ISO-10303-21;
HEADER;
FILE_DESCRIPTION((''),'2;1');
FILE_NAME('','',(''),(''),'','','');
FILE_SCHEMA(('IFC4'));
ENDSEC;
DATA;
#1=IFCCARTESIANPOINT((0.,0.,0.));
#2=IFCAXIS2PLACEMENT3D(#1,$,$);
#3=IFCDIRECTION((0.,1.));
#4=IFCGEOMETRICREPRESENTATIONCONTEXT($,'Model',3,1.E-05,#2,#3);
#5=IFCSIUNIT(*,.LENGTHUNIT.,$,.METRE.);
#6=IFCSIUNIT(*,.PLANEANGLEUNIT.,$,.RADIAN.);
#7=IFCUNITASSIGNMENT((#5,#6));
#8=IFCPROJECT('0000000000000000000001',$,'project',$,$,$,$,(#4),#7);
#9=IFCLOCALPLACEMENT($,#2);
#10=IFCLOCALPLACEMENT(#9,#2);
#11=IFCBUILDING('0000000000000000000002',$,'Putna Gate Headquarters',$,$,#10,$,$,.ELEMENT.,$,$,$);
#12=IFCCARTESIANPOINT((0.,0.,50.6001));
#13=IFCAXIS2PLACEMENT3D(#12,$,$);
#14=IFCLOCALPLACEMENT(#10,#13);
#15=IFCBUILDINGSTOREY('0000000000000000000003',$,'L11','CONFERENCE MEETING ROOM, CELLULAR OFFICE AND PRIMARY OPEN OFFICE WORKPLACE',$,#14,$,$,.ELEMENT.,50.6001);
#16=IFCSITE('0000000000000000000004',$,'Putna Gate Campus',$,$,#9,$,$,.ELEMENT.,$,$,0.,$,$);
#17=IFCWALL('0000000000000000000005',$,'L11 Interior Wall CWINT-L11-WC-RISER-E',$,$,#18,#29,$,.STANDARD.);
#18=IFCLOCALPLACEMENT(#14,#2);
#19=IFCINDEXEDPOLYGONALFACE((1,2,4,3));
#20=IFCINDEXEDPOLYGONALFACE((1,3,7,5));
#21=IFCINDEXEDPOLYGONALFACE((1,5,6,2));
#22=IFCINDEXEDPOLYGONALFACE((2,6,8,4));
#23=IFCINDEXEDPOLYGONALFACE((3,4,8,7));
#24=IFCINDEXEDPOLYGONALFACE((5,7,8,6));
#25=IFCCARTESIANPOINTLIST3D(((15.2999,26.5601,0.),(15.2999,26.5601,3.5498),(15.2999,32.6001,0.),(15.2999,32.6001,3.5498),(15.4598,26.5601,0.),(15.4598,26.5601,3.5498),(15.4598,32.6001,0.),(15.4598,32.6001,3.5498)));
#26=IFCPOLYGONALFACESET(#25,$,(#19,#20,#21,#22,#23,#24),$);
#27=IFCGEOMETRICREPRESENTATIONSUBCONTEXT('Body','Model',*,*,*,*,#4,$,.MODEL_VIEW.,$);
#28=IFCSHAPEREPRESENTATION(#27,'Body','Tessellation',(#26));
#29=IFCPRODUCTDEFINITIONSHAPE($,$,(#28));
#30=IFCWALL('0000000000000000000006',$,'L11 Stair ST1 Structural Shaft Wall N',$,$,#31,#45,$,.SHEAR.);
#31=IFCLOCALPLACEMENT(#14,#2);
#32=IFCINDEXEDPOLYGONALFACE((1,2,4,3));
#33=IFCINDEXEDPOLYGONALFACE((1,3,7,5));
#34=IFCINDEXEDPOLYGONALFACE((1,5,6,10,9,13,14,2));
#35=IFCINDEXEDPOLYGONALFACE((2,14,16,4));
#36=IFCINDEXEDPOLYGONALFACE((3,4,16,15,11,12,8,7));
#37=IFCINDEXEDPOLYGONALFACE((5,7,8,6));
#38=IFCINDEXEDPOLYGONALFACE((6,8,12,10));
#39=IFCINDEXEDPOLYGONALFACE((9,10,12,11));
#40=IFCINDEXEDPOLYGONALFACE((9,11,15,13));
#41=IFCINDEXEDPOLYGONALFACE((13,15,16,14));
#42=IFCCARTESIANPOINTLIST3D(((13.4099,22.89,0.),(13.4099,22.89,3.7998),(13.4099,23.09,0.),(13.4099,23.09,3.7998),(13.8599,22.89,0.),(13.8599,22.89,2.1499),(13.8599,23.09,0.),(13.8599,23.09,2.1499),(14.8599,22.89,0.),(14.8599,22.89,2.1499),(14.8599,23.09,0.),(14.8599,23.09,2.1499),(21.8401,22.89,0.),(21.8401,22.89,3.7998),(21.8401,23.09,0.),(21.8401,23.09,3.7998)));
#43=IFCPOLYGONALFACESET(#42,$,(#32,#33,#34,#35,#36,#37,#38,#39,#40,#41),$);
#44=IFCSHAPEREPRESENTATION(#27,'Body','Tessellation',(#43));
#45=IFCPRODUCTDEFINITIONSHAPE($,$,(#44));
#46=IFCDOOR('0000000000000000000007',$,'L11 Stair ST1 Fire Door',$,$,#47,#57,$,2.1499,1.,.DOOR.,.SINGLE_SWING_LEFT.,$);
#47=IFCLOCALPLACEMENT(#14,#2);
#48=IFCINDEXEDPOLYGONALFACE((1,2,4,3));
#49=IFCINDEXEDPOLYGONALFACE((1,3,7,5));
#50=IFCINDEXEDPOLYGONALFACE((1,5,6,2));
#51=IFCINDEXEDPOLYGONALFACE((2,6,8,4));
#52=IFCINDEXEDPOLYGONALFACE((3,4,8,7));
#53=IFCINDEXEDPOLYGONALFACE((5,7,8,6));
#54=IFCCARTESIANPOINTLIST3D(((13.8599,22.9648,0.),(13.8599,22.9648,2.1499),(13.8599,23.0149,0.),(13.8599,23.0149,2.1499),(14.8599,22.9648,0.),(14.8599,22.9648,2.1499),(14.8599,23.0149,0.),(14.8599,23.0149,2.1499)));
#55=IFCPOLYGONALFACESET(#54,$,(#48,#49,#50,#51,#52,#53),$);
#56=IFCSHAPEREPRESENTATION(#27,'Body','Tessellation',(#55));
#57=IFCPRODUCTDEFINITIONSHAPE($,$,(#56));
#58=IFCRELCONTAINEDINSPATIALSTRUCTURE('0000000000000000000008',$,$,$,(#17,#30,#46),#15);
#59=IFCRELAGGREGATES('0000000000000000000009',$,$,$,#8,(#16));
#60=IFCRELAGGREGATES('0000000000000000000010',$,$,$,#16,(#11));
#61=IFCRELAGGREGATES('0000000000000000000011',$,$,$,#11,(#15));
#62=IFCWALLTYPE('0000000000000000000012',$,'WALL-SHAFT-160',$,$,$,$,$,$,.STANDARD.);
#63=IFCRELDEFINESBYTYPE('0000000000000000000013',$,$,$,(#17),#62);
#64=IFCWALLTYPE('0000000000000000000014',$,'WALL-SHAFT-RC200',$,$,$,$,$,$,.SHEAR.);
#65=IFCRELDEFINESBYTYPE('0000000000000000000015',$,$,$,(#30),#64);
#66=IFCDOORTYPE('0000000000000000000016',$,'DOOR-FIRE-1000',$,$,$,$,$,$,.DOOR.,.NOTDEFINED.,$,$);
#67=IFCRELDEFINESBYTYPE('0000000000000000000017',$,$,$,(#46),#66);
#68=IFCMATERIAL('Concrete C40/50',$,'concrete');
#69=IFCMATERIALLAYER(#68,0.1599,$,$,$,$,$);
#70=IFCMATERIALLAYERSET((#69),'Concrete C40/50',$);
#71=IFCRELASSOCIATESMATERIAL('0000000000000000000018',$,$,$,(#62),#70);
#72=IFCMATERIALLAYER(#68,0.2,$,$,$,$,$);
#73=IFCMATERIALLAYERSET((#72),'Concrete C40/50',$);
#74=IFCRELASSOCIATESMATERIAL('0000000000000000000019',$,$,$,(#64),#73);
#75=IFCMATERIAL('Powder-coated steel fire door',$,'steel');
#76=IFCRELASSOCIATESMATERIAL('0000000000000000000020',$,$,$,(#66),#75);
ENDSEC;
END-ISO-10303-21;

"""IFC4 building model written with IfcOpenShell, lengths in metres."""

from ifc_helpers import new_model, si_unit, direction, frame, frame_2d, origin, place, context, subcontext, project, spatial, rectangle, extrude, material, layer, layer_set, type_object, element, fill, save


model = new_model("IFC4")

# Units and contexts
model_context = context("Model", 3, precision=1e-05, world=origin(), true_north=direction((0.0, 1.0)))
body_context = subcontext(model_context, "Body", "Model", "MODEL_VIEW")
ifc_project = project(units=[si_unit("LENGTHUNIT", "METRE"), si_unit("PLANEANGLEUNIT", "RADIAN")], contexts=[model_context])

# Site, building, storey
site_placement = place(None, origin())
site = spatial("IfcSite", under=ifc_project, at=site_placement, Name="Putna Gate Campus", CompositionType="ELEMENT", RefElevation=0.0)
building_placement = place(site_placement, origin())
building = spatial("IfcBuilding", under=site, at=building_placement, Name="Putna Gate Headquarters", CompositionType="ELEMENT")
storey_placement = place(building_placement, frame((0.0, 0.0, 50.6001)))
storey = spatial("IfcBuildingStorey", under=building, at=storey_placement, Name="L11", Description="CONFERENCE MEETING ROOM, CELLULAR OFFICE AND PRIMARY OPEN OFFICE WORKPLACE", CompositionType="ELEMENT", Elevation=50.6001)

# Wall
ifc_material_1 = material(Name="Concrete C40/50", Category="concrete")
ifc_layer_1 = layer(ifc_material_1, 0.1599)
ifc_layer_set_1 = layer_set([ifc_layer_1], Name="Concrete C40/50")
wall_type_1 = type_object("IfcWallType", Name="WALL-SHAFT-160", PredefinedType="STANDARD", material=ifc_layer_set_1)
wall_1_placement = place(storey_placement, frame((15.3799, 26.5601, 0.0), z_axis=(0.0, 0.0, 1.0), x_axis=(0.0, 1.0, 0.0)))
element("IfcWall", 1, at=wall_1_placement, inside=storey, type_object=wall_type_1, Name="L11 Interior Wall CWINT-L11-WC-RISER-E", PredefinedType="STANDARD", context=body_context, shape_type="SweptSolid", body=[
    extrude(rectangle(XDim=6.04, YDim=0.1599, at=frame_2d((3.02, 0.0))), origin(), (0.0, 0.0, 1.0), 3.5498),
])

# Wall, opening, door
ifc_layer_2 = layer(ifc_material_1, 0.2)
ifc_layer_set_2 = layer_set([ifc_layer_2], Name="Concrete C40/50")
wall_type_2 = type_object("IfcWallType", Name="WALL-SHAFT-RC200", PredefinedType="SHEAR", material=ifc_layer_set_2)
wall_2_placement = place(storey_placement, frame((13.4099, 22.99, 0.0), z_axis=(0.0, 0.0, 1.0), x_axis=(1.0, 0.0, 0.0)))
wall_2 = element("IfcWall", 2, at=wall_2_placement, inside=storey, type_object=wall_type_2, Name="L11 Stair ST1 Structural Shaft Wall N", PredefinedType="SHEAR", context=body_context, shape_type="SweptSolid", body=[
    extrude(rectangle(XDim=8.4302, YDim=0.2, at=frame_2d((4.2151, 0.0))), origin(), (0.0, 0.0, 1.0), 3.7998),
])
opening_1_placement = place(wall_2_placement, frame((0.45, 0.0, 0.0)))
opening_1 = element("IfcOpeningElement", 3, at=opening_1_placement, cuts=wall_2, PredefinedType="OPENING", context=body_context, shape_type="SweptSolid", body=[
    extrude(rectangle(XDim=1.0, YDim=2.1499, at=frame_2d((0.5, 1.075))), frame((0.0, 0.1099, 0.0), z_axis=(0.0, -1.0, 0.0), x_axis=(1.0, 0.0, 0.0)), (0.0, 0.0, 1.0), 0.22),
])
ifc_material_2 = material(Name="Powder-coated steel fire door", Category="steel")
door_type_1 = type_object("IfcDoorType", Name="DOOR-FIRE-1000", OperationType="NOTDEFINED", PredefinedType="DOOR", material=ifc_material_2)
door_1_placement = place(opening_1_placement, origin())
door_1 = element("IfcDoor", 4, at=door_1_placement, inside=storey, type_object=door_type_1, Name="L11 Stair ST1 Fire Door", OperationType="SINGLE_SWING_LEFT", OverallHeight=2.1499, OverallWidth=1.0, PredefinedType="DOOR", context=body_context, shape_type="SweptSolid", body=[
    extrude(rectangle(XDim=1.0, YDim=2.1499, at=frame_2d((0.5, 1.075))), frame((0.0, 0.0249, 0.0), z_axis=(0.0, -1.0, 0.0), x_axis=(1.0, 0.0, 0.0)), (0.0, 0.0, 1.0), 0.05),
])
fill(opening_1, door_1)

save(model, "model.ifc")
